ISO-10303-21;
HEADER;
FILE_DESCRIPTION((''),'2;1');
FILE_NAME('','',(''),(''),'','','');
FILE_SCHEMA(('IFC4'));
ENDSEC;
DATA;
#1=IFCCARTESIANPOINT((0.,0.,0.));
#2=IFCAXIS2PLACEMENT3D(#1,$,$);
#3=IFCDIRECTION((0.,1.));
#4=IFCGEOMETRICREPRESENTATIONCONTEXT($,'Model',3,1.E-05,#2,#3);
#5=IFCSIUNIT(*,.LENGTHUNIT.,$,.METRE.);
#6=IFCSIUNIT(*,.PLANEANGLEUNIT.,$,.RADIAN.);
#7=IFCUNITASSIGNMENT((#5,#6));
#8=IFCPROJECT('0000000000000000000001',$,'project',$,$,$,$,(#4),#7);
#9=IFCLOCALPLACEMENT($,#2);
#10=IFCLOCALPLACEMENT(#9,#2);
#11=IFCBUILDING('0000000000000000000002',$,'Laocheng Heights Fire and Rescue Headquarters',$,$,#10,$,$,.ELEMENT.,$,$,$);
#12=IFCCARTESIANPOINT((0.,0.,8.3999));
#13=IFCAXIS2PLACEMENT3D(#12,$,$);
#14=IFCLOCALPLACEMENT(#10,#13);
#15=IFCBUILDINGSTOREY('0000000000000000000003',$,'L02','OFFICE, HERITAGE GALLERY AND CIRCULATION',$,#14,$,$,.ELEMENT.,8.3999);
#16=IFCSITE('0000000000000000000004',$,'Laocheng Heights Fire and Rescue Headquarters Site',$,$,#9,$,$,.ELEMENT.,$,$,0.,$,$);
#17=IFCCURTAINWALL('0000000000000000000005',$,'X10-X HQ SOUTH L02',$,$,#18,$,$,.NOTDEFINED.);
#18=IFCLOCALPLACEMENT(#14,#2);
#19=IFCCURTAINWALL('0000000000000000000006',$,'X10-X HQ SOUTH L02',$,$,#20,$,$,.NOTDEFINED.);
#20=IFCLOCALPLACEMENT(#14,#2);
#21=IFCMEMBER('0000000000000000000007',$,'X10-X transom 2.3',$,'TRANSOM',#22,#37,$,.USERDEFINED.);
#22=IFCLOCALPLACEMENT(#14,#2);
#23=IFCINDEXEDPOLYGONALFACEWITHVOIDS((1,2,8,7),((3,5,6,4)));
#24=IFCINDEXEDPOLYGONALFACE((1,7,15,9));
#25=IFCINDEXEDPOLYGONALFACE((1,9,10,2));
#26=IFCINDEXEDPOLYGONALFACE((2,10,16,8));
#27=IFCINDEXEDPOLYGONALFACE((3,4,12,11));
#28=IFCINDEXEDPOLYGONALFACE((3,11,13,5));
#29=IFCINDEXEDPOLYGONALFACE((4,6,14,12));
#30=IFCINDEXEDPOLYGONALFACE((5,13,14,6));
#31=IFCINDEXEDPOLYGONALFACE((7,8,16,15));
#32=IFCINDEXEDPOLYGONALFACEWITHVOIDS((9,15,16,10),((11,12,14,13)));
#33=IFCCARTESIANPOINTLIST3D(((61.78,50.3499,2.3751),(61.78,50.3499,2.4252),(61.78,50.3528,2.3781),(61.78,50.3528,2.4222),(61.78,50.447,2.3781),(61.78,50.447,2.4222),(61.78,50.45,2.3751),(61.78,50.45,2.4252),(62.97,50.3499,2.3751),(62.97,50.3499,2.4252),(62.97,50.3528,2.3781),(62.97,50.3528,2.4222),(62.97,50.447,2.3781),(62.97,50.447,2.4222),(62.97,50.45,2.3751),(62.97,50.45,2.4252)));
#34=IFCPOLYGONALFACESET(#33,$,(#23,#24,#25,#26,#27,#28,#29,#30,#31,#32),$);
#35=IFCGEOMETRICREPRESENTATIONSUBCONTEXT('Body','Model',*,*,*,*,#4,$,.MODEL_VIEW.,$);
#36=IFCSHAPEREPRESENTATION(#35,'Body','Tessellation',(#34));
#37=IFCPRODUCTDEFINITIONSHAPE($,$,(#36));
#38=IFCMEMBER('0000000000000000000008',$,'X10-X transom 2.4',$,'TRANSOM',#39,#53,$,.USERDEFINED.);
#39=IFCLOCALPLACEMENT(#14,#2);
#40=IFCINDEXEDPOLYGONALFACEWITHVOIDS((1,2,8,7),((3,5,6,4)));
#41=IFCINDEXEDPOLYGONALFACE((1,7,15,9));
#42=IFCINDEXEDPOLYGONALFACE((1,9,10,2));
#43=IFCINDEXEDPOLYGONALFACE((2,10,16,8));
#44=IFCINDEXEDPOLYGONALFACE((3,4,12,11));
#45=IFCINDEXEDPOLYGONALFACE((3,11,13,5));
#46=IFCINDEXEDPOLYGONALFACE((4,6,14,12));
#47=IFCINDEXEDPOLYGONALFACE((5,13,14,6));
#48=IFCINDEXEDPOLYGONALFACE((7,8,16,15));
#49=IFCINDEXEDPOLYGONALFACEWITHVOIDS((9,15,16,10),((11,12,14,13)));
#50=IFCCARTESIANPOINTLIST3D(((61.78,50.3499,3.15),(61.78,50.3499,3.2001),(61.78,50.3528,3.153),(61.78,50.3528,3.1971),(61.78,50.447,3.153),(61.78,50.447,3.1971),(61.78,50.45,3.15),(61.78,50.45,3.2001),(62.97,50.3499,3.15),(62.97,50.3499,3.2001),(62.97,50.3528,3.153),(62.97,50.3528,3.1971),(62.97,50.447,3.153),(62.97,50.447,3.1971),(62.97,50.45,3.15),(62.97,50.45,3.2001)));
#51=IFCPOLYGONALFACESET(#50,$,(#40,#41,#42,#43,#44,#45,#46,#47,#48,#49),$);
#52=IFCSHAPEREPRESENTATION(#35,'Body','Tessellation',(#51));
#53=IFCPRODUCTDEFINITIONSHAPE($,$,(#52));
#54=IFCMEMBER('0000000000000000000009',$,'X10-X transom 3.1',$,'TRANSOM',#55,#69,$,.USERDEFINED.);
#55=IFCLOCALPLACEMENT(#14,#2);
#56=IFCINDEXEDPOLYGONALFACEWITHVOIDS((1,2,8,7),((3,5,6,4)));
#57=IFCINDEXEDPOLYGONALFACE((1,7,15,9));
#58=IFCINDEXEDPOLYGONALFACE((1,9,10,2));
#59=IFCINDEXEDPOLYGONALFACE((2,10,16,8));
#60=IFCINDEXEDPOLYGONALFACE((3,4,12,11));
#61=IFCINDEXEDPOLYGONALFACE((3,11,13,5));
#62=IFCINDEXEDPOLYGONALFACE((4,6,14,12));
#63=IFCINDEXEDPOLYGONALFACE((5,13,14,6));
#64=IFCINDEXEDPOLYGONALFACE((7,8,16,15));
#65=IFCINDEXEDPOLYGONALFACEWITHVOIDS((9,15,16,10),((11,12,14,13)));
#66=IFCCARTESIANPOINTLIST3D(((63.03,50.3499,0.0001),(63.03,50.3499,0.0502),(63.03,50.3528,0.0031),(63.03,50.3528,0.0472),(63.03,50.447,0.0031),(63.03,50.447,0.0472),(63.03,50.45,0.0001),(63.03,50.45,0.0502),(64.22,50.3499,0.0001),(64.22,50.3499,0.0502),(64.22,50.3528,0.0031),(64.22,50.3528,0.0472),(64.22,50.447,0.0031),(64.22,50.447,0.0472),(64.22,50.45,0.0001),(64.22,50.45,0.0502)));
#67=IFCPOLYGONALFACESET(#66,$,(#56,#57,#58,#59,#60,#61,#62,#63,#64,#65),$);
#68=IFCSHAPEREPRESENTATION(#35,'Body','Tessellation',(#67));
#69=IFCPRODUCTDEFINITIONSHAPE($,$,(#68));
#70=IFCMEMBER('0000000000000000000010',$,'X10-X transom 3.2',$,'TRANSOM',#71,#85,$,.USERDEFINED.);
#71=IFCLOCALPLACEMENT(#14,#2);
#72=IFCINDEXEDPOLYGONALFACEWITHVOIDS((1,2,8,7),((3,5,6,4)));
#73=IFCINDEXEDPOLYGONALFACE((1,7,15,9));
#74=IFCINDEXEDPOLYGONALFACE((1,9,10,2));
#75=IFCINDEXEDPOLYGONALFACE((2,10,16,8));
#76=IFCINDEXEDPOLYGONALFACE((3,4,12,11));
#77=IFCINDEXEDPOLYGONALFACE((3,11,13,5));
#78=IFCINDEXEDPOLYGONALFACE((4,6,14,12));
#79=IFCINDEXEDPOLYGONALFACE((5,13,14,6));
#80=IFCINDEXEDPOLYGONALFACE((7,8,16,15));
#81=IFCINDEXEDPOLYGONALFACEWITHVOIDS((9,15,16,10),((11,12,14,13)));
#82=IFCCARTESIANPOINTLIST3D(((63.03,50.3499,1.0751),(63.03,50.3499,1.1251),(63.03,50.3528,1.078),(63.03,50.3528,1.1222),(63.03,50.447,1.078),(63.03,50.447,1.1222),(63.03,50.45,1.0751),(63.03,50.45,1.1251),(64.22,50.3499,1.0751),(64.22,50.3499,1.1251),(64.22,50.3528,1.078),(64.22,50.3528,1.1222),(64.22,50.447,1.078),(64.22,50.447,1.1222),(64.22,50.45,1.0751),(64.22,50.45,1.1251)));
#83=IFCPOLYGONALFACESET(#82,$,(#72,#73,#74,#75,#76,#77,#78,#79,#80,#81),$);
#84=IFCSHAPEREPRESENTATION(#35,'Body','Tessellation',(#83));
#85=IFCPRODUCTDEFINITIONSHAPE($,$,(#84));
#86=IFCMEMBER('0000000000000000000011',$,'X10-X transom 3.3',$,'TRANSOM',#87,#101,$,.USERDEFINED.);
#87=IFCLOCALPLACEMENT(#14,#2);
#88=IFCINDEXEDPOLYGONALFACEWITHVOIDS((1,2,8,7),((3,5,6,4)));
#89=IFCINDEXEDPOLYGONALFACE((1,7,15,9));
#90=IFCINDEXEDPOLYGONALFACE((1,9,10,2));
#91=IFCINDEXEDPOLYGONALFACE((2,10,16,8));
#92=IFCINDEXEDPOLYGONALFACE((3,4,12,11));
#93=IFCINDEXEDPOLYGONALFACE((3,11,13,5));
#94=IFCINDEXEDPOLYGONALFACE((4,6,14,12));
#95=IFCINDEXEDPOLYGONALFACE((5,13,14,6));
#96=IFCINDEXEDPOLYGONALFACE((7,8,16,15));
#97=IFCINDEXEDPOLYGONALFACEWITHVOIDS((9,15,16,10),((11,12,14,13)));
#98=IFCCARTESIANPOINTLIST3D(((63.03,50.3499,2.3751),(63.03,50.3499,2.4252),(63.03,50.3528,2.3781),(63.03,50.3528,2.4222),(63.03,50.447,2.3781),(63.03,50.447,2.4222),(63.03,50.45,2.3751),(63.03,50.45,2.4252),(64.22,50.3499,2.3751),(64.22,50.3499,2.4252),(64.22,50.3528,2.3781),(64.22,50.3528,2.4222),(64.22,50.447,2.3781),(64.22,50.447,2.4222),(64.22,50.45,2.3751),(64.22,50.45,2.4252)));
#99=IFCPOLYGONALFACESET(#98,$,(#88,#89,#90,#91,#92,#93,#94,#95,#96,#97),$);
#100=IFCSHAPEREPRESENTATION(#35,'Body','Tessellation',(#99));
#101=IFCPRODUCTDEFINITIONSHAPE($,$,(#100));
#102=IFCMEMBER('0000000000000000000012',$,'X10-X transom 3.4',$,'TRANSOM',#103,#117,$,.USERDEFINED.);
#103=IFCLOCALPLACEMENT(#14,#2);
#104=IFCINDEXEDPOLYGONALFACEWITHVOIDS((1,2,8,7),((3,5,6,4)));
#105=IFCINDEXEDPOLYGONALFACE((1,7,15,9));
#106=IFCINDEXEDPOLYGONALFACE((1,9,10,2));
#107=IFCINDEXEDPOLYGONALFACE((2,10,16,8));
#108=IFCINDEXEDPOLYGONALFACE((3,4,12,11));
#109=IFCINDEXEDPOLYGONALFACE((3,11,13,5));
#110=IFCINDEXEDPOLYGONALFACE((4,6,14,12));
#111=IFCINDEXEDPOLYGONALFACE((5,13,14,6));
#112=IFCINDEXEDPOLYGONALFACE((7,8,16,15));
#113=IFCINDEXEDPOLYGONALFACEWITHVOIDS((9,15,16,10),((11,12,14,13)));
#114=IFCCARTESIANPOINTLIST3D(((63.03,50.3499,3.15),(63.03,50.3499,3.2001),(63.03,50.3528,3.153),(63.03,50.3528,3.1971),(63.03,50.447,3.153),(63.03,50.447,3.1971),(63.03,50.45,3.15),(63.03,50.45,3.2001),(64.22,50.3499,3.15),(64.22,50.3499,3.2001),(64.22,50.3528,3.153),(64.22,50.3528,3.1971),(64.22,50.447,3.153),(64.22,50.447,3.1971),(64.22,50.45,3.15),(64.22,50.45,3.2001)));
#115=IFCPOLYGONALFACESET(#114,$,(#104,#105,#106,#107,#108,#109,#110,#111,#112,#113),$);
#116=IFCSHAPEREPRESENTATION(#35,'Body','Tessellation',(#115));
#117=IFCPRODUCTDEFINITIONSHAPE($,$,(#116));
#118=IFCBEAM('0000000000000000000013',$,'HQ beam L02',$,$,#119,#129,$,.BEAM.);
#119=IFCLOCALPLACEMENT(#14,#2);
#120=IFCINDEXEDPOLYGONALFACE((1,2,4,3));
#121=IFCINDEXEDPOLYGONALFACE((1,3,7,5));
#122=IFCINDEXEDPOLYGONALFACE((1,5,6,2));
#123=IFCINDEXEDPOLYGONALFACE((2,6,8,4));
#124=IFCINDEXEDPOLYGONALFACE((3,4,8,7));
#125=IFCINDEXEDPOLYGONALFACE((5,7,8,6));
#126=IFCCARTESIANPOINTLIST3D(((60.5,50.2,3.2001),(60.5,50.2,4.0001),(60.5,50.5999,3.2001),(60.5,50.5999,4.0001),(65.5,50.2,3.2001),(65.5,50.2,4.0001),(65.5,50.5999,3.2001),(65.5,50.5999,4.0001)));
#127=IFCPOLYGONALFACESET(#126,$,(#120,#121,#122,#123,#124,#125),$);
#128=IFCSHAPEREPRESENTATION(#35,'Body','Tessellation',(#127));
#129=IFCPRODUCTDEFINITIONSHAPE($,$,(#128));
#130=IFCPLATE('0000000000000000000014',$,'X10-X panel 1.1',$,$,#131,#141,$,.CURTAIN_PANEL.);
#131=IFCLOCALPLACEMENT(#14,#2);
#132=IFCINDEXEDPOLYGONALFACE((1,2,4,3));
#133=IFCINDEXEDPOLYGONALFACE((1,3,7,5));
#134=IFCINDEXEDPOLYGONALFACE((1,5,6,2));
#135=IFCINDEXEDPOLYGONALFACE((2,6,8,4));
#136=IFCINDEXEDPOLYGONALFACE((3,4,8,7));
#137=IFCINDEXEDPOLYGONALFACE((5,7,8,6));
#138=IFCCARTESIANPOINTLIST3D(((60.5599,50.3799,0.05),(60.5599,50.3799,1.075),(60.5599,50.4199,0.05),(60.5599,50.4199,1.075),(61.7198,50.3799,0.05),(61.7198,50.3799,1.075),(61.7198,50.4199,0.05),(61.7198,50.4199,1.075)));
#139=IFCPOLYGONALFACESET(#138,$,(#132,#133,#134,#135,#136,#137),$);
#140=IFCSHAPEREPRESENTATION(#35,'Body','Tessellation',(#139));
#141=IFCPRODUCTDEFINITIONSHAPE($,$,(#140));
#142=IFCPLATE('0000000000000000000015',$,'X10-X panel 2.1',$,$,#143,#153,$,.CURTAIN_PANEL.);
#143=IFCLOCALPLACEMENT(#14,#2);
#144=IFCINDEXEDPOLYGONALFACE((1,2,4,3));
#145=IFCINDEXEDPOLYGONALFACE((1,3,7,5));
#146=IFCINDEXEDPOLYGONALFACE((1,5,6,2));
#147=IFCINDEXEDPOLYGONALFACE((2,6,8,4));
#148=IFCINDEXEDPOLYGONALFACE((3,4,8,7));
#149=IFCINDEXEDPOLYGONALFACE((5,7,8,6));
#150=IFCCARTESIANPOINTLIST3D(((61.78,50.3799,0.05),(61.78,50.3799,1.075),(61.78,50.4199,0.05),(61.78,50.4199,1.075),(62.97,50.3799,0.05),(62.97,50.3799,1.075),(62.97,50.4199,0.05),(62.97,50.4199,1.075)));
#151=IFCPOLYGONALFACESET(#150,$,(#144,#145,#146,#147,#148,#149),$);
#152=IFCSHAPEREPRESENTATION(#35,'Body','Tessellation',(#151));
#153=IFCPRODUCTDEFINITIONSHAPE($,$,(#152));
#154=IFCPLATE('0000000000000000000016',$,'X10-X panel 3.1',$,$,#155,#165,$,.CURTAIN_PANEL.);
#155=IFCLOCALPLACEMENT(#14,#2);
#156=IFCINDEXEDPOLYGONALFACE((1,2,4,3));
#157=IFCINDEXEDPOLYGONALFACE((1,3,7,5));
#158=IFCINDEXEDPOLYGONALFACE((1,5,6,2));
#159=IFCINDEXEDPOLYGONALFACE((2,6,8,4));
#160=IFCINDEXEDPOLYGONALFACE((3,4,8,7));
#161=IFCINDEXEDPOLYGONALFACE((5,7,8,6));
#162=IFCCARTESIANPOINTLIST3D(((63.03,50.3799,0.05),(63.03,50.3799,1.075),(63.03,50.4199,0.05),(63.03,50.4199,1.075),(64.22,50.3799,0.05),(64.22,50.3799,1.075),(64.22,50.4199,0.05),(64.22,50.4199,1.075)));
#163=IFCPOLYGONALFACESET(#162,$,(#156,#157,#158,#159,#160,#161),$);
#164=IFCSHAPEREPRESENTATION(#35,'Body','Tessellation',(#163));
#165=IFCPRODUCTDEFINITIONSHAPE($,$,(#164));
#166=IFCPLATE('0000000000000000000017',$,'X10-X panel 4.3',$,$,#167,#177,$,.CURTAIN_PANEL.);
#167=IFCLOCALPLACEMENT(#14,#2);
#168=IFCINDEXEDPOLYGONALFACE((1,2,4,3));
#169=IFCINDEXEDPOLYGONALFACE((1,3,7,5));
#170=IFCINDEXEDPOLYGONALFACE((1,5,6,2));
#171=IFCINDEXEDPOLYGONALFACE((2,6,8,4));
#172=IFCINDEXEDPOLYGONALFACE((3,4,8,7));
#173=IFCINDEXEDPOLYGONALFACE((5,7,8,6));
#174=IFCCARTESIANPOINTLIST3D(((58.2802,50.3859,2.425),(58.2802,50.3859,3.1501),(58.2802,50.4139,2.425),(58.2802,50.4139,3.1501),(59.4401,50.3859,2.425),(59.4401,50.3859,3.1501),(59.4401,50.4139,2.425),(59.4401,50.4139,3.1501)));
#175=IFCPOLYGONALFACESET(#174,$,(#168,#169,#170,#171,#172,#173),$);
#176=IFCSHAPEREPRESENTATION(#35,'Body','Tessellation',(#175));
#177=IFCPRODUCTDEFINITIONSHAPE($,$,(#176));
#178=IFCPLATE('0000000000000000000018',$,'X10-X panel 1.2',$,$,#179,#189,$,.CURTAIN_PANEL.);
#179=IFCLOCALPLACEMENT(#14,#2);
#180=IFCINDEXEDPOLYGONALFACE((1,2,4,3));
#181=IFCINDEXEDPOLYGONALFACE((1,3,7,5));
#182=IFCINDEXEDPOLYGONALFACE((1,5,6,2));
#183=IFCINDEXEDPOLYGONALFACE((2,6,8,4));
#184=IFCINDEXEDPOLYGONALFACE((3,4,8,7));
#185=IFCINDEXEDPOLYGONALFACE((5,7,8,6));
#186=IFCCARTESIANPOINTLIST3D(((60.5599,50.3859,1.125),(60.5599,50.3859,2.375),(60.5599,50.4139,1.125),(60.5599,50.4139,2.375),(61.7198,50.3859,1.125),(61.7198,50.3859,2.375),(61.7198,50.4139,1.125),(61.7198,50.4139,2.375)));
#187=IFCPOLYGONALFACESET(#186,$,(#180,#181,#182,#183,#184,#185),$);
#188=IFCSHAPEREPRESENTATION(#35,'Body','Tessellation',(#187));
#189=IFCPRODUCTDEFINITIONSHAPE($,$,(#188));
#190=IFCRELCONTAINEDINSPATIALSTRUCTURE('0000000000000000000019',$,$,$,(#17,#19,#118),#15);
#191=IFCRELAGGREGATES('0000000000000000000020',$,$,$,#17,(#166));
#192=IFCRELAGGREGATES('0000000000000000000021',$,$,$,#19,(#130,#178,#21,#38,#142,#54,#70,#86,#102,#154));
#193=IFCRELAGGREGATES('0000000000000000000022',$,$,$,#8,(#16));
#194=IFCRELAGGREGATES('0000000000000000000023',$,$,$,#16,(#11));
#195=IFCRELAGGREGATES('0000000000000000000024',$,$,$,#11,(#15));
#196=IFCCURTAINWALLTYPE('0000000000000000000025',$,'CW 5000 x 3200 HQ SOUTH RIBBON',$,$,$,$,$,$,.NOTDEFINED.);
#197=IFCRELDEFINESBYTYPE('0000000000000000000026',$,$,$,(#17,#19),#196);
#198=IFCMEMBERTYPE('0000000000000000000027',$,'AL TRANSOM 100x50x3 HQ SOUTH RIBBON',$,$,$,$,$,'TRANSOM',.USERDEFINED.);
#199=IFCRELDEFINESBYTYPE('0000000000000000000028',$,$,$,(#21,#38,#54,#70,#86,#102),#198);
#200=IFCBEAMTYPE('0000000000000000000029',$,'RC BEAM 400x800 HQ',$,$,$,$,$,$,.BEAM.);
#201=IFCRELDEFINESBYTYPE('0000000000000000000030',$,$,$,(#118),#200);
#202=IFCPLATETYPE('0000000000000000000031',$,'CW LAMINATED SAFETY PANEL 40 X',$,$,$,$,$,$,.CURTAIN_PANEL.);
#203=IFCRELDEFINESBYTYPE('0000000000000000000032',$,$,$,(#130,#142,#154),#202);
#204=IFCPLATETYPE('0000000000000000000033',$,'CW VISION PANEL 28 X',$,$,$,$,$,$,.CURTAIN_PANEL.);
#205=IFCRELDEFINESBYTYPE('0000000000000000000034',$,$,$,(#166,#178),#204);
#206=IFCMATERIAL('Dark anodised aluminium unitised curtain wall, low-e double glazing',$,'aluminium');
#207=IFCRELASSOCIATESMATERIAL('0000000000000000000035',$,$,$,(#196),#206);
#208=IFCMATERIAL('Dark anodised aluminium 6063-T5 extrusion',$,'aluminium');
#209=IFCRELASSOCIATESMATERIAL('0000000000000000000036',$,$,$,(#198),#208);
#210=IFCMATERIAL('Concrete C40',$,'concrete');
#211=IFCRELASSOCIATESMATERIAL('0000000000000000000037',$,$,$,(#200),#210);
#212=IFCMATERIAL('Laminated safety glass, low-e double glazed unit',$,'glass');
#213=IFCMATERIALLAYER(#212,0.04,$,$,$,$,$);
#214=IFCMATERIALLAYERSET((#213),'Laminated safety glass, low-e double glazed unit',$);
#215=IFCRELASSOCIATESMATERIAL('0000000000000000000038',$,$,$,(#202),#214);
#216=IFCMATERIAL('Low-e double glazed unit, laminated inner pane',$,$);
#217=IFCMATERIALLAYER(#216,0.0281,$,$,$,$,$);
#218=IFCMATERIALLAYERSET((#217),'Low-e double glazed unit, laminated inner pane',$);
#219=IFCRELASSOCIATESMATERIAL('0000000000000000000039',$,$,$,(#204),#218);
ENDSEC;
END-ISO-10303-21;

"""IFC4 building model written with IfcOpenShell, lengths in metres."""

from ifc_helpers import new_model, si_unit, direction, frame, origin, origin_2d, place, context, subcontext, project, spatial, rectangle, hollow_rectangle, extrude, material, layer, layer_set, material_profile, profile_set, type_object, element, aggregate, save


model = new_model("IFC4")

# Units and contexts
model_context = context("Model", 3, precision=1e-05, world=origin(), true_north=direction((0.0, 1.0)))
body_context = subcontext(model_context, "Body", "Model", "MODEL_VIEW")
ifc_project = project(units=[si_unit("LENGTHUNIT", "METRE"), si_unit("PLANEANGLEUNIT", "RADIAN")], contexts=[model_context])

# Site, building, storey
site_placement = place(None, origin())
site = spatial("IfcSite", under=ifc_project, at=site_placement, Name="Laocheng Heights Fire and Rescue Headquarters Site", CompositionType="ELEMENT", RefElevation=0.0)
building_placement = place(site_placement, origin())
building = spatial("IfcBuilding", under=site, at=building_placement, Name="Laocheng Heights Fire and Rescue Headquarters", CompositionType="ELEMENT")
storey_placement = place(building_placement, frame((0.0, 0.0, 8.3999)))
storey = spatial("IfcBuildingStorey", under=building, at=storey_placement, Name="L02", Description="OFFICE, HERITAGE GALLERY AND CIRCULATION", CompositionType="ELEMENT", Elevation=8.3999)

# Curtain wall
ifc_material_1 = material(Name="Dark anodised aluminium unitised curtain wall, low-e double glazing", Category="aluminium")
curtain_wall_type = type_object("IfcCurtainWallType", Name="CW 5000 x 3200 HQ SOUTH RIBBON", PredefinedType="NOTDEFINED", material=ifc_material_1)
curtain_wall_1_placement = place(storey_placement, origin())
curtain_wall_1 = element("IfcCurtainWall", 1, at=curtain_wall_1_placement, inside=storey, type_object=curtain_wall_type, Name="X10-X HQ SOUTH L02", PredefinedType="NOTDEFINED")

# Curtain wall, members
curtain_wall_2_placement = place(storey_placement, origin())
curtain_wall_2 = element("IfcCurtainWall", 2, at=curtain_wall_2_placement, inside=storey, type_object=curtain_wall_type, Name="X10-X HQ SOUTH L02", PredefinedType="NOTDEFINED")
ifc_material_2 = material(Name="Dark anodised aluminium 6063-T5 extrusion", Category="aluminium")
ifc_material_profile_1 = material_profile(ifc_material_2, hollow_rectangle(XDim=0.1001, YDim=0.05, WallThickness=0.0029, at=origin_2d()), Name="AL TRANSOM 100x50x3 HQ SOUTH RIBBON")
ifc_profile_set_1 = profile_set([ifc_material_profile_1], Name="Dark anodised aluminium 6063-T5 extrusion")
member_type_1 = type_object("IfcMemberType", Name="AL TRANSOM 100x50x3 HQ SOUTH RIBBON", ElementType="TRANSOM", PredefinedType="USERDEFINED", material=ifc_profile_set_1)
member_1_placement = place(storey_placement, frame((61.78, 50.3999, 2.4001), z_axis=(1.0, 0.0, 0.0), x_axis=(0.0, 1.0, 0.0)))
member_1 = element("IfcMember", 3, at=member_1_placement, type_object=member_type_1, Name="X10-X transom 2.3", ObjectType="TRANSOM", PredefinedType="USERDEFINED", context=body_context, shape_type="SweptSolid", body=[
    extrude(hollow_rectangle(XDim=0.1001, YDim=0.05, WallThickness=0.0029, at=origin_2d()), origin(), (0.0, 0.0, 1.0), 1.1899),
])
member_2_placement = place(storey_placement, frame((61.78, 50.3999, 3.175), z_axis=(1.0, 0.0, 0.0), x_axis=(0.0, 1.0, 0.0)))
member_2 = element("IfcMember", 4, at=member_2_placement, type_object=member_type_1, Name="X10-X transom 2.4", ObjectType="TRANSOM", PredefinedType="USERDEFINED", context=body_context, shape_type="SweptSolid", body=[
    extrude(hollow_rectangle(XDim=0.1001, YDim=0.05, WallThickness=0.0029, at=origin_2d()), origin(), (0.0, 0.0, 1.0), 1.1899),
])
member_3_placement = place(storey_placement, frame((63.03, 50.3999, 0.0251), z_axis=(1.0, 0.0, 0.0), x_axis=(0.0, 1.0, 0.0)))
member_3 = element("IfcMember", 5, at=member_3_placement, type_object=member_type_1, Name="X10-X transom 3.1", ObjectType="TRANSOM", PredefinedType="USERDEFINED", context=body_context, shape_type="SweptSolid", body=[
    extrude(hollow_rectangle(XDim=0.1001, YDim=0.05, WallThickness=0.0029, at=origin_2d()), origin(), (0.0, 0.0, 1.0), 1.1899),
])
member_4_placement = place(storey_placement, frame((63.03, 50.3999, 1.1001), z_axis=(1.0, 0.0, 0.0), x_axis=(0.0, 1.0, 0.0)))
member_4 = element("IfcMember", 6, at=member_4_placement, type_object=member_type_1, Name="X10-X transom 3.2", ObjectType="TRANSOM", PredefinedType="USERDEFINED", context=body_context, shape_type="SweptSolid", body=[
    extrude(hollow_rectangle(XDim=0.1001, YDim=0.05, WallThickness=0.0029, at=origin_2d()), origin(), (0.0, 0.0, 1.0), 1.1899),
])
member_5_placement = place(storey_placement, frame((63.03, 50.3999, 2.4001), z_axis=(1.0, 0.0, 0.0), x_axis=(0.0, 1.0, 0.0)))
member_5 = element("IfcMember", 7, at=member_5_placement, type_object=member_type_1, Name="X10-X transom 3.3", ObjectType="TRANSOM", PredefinedType="USERDEFINED", context=body_context, shape_type="SweptSolid", body=[
    extrude(hollow_rectangle(XDim=0.1001, YDim=0.05, WallThickness=0.0029, at=origin_2d()), origin(), (0.0, 0.0, 1.0), 1.1899),
])
member_6_placement = place(storey_placement, frame((63.03, 50.3999, 3.175), z_axis=(1.0, 0.0, 0.0), x_axis=(0.0, 1.0, 0.0)))
member_6 = element("IfcMember", 8, at=member_6_placement, type_object=member_type_1, Name="X10-X transom 3.4", ObjectType="TRANSOM", PredefinedType="USERDEFINED", context=body_context, shape_type="SweptSolid", body=[
    extrude(hollow_rectangle(XDim=0.1001, YDim=0.05, WallThickness=0.0029, at=origin_2d()), origin(), (0.0, 0.0, 1.0), 1.1899),
])

# Beam
ifc_material_3 = material(Name="Concrete C40", Category="concrete")
ifc_material_profile_2 = material_profile(ifc_material_3, rectangle(XDim=0.3999, YDim=0.8, at=origin_2d()), Name="RC BEAM 400x800 HQ")
ifc_profile_set_2 = profile_set([ifc_material_profile_2], Name="Concrete C40")
beam_type = type_object("IfcBeamType", Name="RC BEAM 400x800 HQ", PredefinedType="BEAM", material=ifc_profile_set_2)
beam_placement = place(storey_placement, frame((60.5, 50.3999, 3.6001), z_axis=(1.0, 0.0, 0.0), x_axis=(0.0, 1.0, 0.0)))
element("IfcBeam", 9, at=beam_placement, inside=storey, type_object=beam_type, Name="HQ beam L02", PredefinedType="BEAM", context=body_context, shape_type="SweptSolid", body=[
    extrude(rectangle(XDim=0.3999, YDim=0.8, at=origin_2d()), origin(), (0.0, 0.0, 1.0), 5.0),
])

# Plates
ifc_material_4 = material(Name="Laminated safety glass, low-e double glazed unit", Category="glass")
ifc_layer_1 = layer(ifc_material_4, 0.04)
ifc_layer_set_1 = layer_set([ifc_layer_1], Name="Laminated safety glass, low-e double glazed unit")
plate_type_1 = type_object("IfcPlateType", Name="CW LAMINATED SAFETY PANEL 40 X", PredefinedType="CURTAIN_PANEL", material=ifc_layer_set_1)
plate_1_placement = place(storey_placement, frame((61.1399, 50.3999, 0.05), z_axis=(0.0, 0.0, 1.0), x_axis=(1.0, 0.0, 0.0)))
plate_1 = element("IfcPlate", 10, at=plate_1_placement, type_object=plate_type_1, Name="X10-X panel 1.1", PredefinedType="CURTAIN_PANEL", context=body_context, shape_type="SweptSolid", body=[
    extrude(rectangle(XDim=1.1599, YDim=0.04, at=origin_2d()), origin(), (0.0, 0.0, 1.0), 1.0249),
])
plate_2_placement = place(storey_placement, frame((62.375, 50.3999, 0.05), z_axis=(0.0, 0.0, 1.0), x_axis=(1.0, 0.0, 0.0)))
plate_2 = element("IfcPlate", 11, at=plate_2_placement, type_object=plate_type_1, Name="X10-X panel 2.1", PredefinedType="CURTAIN_PANEL", context=body_context, shape_type="SweptSolid", body=[
    extrude(rectangle(XDim=1.1899, YDim=0.04, at=origin_2d()), origin(), (0.0, 0.0, 1.0), 1.0249),
])
plate_3_placement = place(storey_placement, frame((63.625, 50.3999, 0.05), z_axis=(0.0, 0.0, 1.0), x_axis=(1.0, 0.0, 0.0)))
plate_3 = element("IfcPlate", 12, at=plate_3_placement, type_object=plate_type_1, Name="X10-X panel 3.1", PredefinedType="CURTAIN_PANEL", context=body_context, shape_type="SweptSolid", body=[
    extrude(rectangle(XDim=1.1899, YDim=0.04, at=origin_2d()), origin(), (0.0, 0.0, 1.0), 1.0249),
])
ifc_material_5 = material(Name="Low-e double glazed unit, laminated inner pane")
ifc_layer_2 = layer(ifc_material_5, 0.0281)
ifc_layer_set_2 = layer_set([ifc_layer_2], Name="Low-e double glazed unit, laminated inner pane")
plate_type_2 = type_object("IfcPlateType", Name="CW VISION PANEL 28 X", PredefinedType="CURTAIN_PANEL", material=ifc_layer_set_2)
plate_4_placement = place(storey_placement, frame((58.8601, 50.3999, 2.425), z_axis=(0.0, 0.0, 1.0), x_axis=(1.0, 0.0, 0.0)))
plate_4 = element("IfcPlate", 13, at=plate_4_placement, type_object=plate_type_2, Name="X10-X panel 4.3", PredefinedType="CURTAIN_PANEL", context=body_context, shape_type="SweptSolid", body=[
    extrude(rectangle(XDim=1.1599, YDim=0.0281, at=origin_2d()), origin(), (0.0, 0.0, 1.0), 0.7251),
])
aggregate(curtain_wall_1, [plate_4])
plate_5_placement = place(storey_placement, frame((61.1399, 50.3999, 1.125), z_axis=(0.0, 0.0, 1.0), x_axis=(1.0, 0.0, 0.0)))
plate_5 = element("IfcPlate", 14, at=plate_5_placement, type_object=plate_type_2, Name="X10-X panel 1.2", PredefinedType="CURTAIN_PANEL", context=body_context, shape_type="SweptSolid", body=[
    extrude(rectangle(XDim=1.1599, YDim=0.0281, at=origin_2d()), origin(), (0.0, 0.0, 1.0), 1.25),
])
aggregate(curtain_wall_2, [plate_1, plate_5, member_1, member_2, plate_2, member_3, member_4, member_5, member_6, plate_3])

save(model, "model.ifc")
